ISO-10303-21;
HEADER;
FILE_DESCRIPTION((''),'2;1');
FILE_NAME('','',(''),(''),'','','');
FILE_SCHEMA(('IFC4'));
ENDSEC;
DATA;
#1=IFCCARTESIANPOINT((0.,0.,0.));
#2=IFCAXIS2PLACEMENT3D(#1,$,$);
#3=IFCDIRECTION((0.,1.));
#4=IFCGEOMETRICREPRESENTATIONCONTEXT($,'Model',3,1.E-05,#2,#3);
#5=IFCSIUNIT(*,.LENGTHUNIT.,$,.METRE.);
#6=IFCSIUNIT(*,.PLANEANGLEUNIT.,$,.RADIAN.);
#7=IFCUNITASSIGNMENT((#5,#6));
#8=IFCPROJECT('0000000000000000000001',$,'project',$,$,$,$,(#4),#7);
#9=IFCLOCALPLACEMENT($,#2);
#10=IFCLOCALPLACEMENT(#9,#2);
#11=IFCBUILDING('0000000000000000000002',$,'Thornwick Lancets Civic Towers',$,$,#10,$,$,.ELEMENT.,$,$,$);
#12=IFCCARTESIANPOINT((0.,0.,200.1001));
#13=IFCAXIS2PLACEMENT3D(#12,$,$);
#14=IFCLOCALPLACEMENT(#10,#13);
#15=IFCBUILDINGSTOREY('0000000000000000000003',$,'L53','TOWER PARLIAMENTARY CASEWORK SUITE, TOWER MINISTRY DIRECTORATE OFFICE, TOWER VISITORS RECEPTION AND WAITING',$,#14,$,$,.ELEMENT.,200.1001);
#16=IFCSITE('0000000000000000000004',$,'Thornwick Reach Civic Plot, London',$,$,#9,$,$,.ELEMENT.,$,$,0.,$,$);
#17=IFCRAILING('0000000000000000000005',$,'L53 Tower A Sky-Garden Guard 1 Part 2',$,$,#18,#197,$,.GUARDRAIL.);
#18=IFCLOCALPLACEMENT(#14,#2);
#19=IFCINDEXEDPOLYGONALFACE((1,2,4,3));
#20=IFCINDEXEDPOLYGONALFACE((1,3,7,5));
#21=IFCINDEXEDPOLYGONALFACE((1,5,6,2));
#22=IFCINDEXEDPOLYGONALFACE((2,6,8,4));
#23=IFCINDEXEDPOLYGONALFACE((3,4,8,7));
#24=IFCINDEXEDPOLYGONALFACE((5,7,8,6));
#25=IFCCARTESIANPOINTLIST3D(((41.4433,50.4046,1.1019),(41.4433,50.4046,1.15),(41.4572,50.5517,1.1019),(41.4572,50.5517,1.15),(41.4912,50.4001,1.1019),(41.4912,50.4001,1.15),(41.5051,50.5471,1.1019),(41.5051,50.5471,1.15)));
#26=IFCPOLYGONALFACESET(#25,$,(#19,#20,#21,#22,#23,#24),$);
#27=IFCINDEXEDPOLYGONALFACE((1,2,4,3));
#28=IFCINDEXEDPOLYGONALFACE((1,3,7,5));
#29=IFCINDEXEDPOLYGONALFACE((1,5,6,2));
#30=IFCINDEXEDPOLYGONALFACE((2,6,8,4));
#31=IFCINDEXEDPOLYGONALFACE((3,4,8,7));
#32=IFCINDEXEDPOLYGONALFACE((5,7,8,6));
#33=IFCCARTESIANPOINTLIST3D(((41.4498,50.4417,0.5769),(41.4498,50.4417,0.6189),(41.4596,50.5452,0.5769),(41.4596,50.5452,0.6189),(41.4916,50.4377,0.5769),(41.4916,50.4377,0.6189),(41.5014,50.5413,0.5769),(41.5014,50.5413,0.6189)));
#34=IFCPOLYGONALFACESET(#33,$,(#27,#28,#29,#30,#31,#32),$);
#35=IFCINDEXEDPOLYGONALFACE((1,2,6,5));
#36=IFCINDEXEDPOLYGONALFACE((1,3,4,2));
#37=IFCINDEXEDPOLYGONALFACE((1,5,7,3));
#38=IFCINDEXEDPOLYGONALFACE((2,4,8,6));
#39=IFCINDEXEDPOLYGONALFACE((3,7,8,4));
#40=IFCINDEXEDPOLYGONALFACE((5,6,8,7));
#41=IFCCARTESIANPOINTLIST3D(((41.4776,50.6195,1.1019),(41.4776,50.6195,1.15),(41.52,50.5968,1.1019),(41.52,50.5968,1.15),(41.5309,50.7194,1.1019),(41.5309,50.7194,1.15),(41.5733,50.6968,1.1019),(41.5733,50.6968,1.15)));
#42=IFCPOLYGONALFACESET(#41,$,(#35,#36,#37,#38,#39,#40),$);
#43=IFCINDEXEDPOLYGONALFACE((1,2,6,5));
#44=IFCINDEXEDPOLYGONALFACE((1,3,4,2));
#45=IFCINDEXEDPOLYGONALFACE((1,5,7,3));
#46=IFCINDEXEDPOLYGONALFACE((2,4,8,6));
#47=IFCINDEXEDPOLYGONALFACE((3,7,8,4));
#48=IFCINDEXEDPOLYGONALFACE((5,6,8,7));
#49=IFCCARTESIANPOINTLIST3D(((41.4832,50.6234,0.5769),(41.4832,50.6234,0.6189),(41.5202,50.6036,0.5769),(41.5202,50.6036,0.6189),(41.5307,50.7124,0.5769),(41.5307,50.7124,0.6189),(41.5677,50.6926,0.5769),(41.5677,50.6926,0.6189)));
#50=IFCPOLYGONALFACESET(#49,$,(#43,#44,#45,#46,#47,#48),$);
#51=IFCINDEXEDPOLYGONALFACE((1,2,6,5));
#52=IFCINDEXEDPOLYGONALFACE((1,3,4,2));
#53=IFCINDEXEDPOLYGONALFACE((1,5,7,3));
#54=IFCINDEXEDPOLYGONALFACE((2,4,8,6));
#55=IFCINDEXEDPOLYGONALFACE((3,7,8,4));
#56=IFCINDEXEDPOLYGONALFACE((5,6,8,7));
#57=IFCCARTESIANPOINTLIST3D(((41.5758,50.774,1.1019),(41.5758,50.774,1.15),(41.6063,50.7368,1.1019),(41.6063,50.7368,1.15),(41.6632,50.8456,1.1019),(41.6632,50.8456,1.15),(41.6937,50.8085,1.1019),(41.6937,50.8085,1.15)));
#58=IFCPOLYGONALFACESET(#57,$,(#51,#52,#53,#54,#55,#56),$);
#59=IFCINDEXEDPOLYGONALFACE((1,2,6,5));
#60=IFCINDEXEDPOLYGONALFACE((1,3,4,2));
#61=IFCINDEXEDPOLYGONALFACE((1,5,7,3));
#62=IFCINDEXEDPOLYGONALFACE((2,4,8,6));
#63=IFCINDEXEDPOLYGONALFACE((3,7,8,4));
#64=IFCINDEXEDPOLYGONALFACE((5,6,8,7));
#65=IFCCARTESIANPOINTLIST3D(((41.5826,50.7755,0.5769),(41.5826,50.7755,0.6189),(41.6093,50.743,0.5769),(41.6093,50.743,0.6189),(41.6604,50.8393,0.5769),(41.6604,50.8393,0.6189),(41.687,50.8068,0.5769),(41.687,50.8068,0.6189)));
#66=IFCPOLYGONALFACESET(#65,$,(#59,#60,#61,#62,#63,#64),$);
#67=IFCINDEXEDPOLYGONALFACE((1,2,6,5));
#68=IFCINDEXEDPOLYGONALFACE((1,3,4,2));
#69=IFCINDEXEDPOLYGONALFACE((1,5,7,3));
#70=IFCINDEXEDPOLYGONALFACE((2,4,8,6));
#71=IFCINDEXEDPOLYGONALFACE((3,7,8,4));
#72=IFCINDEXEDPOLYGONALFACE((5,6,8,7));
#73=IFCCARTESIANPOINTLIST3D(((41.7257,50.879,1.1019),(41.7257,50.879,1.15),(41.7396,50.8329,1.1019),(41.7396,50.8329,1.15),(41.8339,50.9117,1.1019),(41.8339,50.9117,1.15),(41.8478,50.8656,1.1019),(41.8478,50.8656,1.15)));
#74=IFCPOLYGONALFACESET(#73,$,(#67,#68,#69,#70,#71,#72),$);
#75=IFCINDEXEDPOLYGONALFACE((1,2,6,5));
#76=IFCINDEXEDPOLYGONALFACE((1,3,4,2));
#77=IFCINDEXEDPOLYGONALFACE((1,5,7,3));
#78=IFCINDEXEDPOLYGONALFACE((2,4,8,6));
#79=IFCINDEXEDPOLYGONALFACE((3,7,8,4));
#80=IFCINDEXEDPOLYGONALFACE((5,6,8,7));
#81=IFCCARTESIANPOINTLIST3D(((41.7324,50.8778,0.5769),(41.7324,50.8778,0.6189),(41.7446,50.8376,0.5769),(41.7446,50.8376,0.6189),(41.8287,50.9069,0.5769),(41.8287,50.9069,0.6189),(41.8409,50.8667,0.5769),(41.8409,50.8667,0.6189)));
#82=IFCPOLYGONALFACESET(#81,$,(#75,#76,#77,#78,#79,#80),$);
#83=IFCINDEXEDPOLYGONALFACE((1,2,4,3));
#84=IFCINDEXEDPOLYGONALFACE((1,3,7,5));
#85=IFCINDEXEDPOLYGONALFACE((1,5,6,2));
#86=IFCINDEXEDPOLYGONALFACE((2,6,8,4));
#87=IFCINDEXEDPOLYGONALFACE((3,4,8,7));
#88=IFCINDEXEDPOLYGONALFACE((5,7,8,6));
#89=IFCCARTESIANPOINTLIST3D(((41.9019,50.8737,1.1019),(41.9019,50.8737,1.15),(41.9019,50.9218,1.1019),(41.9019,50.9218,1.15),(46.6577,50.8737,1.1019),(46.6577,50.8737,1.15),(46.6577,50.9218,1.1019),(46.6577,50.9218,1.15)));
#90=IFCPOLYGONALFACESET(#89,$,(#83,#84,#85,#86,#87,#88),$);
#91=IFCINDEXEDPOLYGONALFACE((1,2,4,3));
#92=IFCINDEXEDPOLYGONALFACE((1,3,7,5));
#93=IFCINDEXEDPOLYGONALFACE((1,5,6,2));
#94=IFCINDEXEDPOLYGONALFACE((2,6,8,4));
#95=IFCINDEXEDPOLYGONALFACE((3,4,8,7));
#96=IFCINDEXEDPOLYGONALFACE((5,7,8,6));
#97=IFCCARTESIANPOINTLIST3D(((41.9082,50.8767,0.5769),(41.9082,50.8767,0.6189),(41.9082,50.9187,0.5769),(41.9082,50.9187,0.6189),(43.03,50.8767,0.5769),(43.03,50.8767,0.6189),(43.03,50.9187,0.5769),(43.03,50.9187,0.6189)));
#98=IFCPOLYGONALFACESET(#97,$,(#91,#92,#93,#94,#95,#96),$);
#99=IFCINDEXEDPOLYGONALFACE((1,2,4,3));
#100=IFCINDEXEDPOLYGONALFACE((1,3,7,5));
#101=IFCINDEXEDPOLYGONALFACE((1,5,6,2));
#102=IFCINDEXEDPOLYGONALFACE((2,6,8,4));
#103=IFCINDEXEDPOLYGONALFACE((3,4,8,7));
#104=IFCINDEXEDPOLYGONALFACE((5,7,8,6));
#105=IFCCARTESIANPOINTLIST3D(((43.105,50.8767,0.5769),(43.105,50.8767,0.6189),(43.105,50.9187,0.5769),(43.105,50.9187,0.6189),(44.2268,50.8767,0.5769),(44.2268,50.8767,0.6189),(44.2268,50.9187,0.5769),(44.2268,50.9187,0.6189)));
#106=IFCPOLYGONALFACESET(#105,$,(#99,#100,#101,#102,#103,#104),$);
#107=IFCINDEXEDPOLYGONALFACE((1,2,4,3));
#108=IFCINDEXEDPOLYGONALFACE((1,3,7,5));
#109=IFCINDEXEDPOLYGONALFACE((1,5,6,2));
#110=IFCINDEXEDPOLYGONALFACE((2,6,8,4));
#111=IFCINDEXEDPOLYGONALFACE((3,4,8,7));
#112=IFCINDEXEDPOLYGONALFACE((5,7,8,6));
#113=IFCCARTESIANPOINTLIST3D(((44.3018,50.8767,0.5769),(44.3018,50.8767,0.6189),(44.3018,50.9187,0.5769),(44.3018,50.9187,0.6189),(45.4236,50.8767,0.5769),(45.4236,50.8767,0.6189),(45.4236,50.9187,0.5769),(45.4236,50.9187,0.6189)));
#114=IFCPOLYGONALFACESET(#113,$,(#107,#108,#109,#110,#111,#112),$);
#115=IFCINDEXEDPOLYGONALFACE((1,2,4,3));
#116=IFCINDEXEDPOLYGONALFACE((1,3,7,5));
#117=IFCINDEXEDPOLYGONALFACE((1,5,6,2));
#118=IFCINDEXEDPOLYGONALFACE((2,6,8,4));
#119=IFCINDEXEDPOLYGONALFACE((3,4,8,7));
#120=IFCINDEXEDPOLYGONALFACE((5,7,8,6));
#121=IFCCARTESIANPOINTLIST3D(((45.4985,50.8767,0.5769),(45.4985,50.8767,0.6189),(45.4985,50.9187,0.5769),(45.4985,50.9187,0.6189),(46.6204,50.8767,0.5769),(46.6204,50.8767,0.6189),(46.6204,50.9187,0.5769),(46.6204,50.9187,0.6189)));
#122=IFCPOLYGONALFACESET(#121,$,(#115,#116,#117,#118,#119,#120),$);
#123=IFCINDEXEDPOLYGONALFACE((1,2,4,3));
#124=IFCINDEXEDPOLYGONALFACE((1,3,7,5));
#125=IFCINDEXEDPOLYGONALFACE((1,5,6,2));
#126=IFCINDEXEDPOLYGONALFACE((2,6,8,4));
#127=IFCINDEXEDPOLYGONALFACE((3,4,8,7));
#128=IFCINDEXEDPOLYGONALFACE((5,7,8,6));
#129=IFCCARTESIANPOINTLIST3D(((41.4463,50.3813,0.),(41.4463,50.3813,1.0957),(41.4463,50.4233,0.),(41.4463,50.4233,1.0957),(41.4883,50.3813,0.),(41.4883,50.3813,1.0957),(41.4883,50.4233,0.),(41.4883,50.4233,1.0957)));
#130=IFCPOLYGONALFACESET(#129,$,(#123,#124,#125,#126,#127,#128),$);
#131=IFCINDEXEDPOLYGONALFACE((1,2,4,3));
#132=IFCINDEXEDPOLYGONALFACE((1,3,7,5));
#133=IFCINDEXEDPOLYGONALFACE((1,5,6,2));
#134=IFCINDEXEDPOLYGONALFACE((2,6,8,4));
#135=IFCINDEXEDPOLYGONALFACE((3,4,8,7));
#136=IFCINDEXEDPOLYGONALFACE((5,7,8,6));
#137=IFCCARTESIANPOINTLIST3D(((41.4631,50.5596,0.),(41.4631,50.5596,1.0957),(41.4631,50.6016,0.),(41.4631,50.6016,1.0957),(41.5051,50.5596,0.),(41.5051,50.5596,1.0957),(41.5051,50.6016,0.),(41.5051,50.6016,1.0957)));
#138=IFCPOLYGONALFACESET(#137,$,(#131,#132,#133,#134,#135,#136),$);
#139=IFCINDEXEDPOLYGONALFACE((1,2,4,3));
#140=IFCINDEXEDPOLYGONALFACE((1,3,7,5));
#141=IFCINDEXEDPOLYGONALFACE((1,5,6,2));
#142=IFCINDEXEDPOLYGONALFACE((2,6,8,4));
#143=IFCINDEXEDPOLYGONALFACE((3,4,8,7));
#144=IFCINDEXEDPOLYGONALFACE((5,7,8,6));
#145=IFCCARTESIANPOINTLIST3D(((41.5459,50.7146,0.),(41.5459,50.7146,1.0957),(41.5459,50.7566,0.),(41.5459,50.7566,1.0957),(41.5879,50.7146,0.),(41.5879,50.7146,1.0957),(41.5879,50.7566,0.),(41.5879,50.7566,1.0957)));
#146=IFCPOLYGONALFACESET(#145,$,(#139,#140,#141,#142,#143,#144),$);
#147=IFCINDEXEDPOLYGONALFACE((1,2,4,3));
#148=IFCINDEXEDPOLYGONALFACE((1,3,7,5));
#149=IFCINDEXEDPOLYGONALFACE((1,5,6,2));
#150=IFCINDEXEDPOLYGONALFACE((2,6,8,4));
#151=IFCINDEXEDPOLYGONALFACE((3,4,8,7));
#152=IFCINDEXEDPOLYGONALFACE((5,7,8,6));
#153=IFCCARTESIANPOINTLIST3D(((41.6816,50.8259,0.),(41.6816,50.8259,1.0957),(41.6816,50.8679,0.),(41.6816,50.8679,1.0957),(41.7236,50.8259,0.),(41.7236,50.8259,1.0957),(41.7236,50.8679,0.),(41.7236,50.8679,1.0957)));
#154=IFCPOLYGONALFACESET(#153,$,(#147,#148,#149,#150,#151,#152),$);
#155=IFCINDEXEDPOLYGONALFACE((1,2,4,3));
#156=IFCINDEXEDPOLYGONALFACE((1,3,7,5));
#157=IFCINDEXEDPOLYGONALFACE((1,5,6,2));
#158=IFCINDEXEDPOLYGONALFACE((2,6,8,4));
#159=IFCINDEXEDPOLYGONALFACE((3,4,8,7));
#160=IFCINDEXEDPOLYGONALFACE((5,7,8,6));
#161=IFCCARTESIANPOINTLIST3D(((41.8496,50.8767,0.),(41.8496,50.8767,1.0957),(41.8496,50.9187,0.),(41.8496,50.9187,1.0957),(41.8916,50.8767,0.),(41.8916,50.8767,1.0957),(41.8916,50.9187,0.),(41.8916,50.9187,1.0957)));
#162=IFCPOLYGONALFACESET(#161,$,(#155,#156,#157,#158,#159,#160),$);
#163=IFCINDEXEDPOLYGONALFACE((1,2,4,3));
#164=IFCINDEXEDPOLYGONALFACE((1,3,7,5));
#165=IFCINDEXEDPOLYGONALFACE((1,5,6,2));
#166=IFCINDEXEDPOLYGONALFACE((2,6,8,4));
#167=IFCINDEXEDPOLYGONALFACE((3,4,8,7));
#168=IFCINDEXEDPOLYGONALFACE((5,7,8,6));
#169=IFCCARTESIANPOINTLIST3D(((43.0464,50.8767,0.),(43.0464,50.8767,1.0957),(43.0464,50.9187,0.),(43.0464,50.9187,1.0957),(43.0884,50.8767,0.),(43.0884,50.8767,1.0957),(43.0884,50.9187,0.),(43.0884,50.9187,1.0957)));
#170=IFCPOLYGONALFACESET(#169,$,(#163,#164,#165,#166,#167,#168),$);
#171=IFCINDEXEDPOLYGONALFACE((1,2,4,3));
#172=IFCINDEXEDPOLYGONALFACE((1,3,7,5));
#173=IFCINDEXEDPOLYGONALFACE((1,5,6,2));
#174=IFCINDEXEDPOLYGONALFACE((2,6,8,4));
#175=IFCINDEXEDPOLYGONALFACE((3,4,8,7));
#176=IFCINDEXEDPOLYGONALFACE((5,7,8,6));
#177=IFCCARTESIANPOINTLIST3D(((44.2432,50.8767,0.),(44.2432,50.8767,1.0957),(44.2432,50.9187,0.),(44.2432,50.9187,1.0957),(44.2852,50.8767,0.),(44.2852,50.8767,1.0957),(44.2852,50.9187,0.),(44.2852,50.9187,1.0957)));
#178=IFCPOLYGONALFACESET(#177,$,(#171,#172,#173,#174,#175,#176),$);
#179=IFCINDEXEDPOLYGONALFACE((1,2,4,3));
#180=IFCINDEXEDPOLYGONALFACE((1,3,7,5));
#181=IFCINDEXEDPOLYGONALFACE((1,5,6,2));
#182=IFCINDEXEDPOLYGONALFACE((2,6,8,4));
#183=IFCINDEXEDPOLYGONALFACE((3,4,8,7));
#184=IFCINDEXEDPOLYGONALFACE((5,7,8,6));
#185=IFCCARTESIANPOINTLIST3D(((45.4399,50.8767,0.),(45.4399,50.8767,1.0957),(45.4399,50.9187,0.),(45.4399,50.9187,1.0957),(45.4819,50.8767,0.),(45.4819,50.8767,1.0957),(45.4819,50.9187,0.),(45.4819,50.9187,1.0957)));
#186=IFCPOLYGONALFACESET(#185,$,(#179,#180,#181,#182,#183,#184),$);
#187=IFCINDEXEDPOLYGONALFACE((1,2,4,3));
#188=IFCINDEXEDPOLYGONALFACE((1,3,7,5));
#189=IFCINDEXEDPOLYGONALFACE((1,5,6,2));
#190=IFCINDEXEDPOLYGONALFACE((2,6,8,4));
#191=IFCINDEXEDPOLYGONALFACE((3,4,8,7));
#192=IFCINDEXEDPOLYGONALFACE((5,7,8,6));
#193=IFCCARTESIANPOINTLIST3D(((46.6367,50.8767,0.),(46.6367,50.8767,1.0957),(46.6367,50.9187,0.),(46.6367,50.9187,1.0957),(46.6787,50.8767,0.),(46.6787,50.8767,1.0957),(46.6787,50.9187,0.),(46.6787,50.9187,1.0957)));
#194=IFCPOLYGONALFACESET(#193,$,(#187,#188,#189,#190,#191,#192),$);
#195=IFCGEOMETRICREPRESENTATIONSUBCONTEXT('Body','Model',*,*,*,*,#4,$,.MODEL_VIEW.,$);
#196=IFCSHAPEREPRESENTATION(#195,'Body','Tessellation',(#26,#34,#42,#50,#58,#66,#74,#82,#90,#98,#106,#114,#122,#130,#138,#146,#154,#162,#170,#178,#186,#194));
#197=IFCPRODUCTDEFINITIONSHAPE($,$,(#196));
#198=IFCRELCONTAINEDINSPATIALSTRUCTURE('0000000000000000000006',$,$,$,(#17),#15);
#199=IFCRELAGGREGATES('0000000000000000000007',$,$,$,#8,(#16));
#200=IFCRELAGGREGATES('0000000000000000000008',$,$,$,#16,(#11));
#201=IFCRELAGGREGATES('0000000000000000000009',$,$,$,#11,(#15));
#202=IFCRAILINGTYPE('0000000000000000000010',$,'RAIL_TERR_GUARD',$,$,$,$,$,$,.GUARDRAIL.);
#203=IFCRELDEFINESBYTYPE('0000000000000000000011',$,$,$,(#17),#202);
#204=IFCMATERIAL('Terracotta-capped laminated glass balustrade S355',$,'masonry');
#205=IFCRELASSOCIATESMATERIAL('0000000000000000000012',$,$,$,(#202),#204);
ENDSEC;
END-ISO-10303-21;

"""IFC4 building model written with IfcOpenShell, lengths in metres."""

from ifc_helpers import new_model, si_unit, direction, frame, origin, origin_2d, place, context, subcontext, project, spatial, rectangle, extrude, material, type_object, element, save


model = new_model("IFC4")

# Units and contexts
model_context = context("Model", 3, precision=1e-05, world=origin(), true_north=direction((0.0, 1.0)))
body_context = subcontext(model_context, "Body", "Model", "MODEL_VIEW")
ifc_project = project(units=[si_unit("LENGTHUNIT", "METRE"), si_unit("PLANEANGLEUNIT", "RADIAN")], contexts=[model_context])

# Site, building, storey
site_placement = place(None, origin())
site = spatial("IfcSite", under=ifc_project, at=site_placement, Name="Thornwick Reach Civic Plot, London", CompositionType="ELEMENT", RefElevation=0.0)
building_placement = place(site_placement, origin())
building = spatial("IfcBuilding", under=site, at=building_placement, Name="Thornwick Lancets Civic Towers", CompositionType="ELEMENT")
storey_placement = place(building_placement, frame((0.0, 0.0, 200.1001)))
storey = spatial("IfcBuildingStorey", under=building, at=storey_placement, Name="L53", Description="TOWER PARLIAMENTARY CASEWORK SUITE, TOWER MINISTRY DIRECTORATE OFFICE, TOWER VISITORS RECEPTION AND WAITING", CompositionType="ELEMENT", Elevation=200.1001)

# Railing
ifc_material_1 = material(Name="Terracotta-capped laminated glass balustrade S355", Category="masonry")
railing_type_1 = type_object("IfcRailingType", Name="RAIL_TERR_GUARD", PredefinedType="GUARDRAIL", material=ifc_material_1)
railing_1_placement = place(storey_placement, frame((41.4673, 50.4023, 0.0)))
element("IfcRailing", 1, at=railing_1_placement, inside=storey, type_object=railing_type_1, Name="L53 Tower A Sky-Garden Guard 1 Part 2", PredefinedType="GUARDRAIL", context=body_context, shape_type="SweptSolid", body=[
    extrude(rectangle(XDim=0.0481, YDim=0.0481, at=origin_2d()), frame((0.0, 0.0, 1.126), z_axis=(0.094101, 0.995563, 0.0), x_axis=(-0.995563, 0.094101, 0.0)), (0.0, 0.0, 1.0), 0.1477),
    extrude(rectangle(XDim=0.042, YDim=0.042, at=origin_2d()), frame((0.0034, 0.0374, 0.5979), z_axis=(0.094101, 0.995563, 0.0), x_axis=(-0.995563, 0.094101, 0.0)), (0.0, 0.0, 1.0), 0.104),
    extrude(rectangle(XDim=0.0481, YDim=0.0481, at=origin_2d()), frame((0.0315, 0.2058, 1.126), z_axis=(0.470949, 0.882161, 0.0), x_axis=(-0.882161, 0.470949, 0.0)), (0.0, 0.0, 1.0), 0.1133),
    extrude(rectangle(XDim=0.042, YDim=0.042, at=origin_2d()), frame((0.0344, 0.2112, 0.5979), z_axis=(0.470949, 0.882161, 0.0), x_axis=(-0.882161, 0.470949, 0.0)), (0.0, 0.0, 1.0), 0.1008),
    extrude(rectangle(XDim=0.0481, YDim=0.0481, at=origin_2d()), frame((0.1238, 0.353, 1.126), z_axis=(0.773213, 0.634146, 0.0), x_axis=(-0.634146, 0.773213, 0.0)), (0.0, 0.0, 1.0), 0.113),
    extrude(rectangle(XDim=0.042, YDim=0.042, at=origin_2d()), frame((0.1287, 0.3569, 0.5979), z_axis=(0.773213, 0.634146, 0.0), x_axis=(-0.634146, 0.773213, 0.0)), (0.0, 0.0, 1.0), 0.1006),
    extrude(rectangle(XDim=0.0481, YDim=0.0481, at=origin_2d()), frame((0.2654, 0.4536, 1.126), z_axis=(0.957211, 0.28939, 0.0), x_axis=(-0.28939, 0.957211, 0.0)), (0.0, 0.0, 1.0), 0.113),
    extrude(rectangle(XDim=0.042, YDim=0.042, at=origin_2d()), frame((0.2712, 0.4553, 0.5979), z_axis=(0.957211, 0.28939, 0.0), x_axis=(-0.28939, 0.957211, 0.0)), (0.0, 0.0, 1.0), 0.1006),
    extrude(rectangle(XDim=0.0481, YDim=0.0481, at=origin_2d()), frame((0.4346, 0.4954, 1.126), z_axis=(1.0, 0.0, 0.0), x_axis=(0.0, 1.0, 0.0)), (0.0, 0.0, 1.0), 4.7559),
    extrude(rectangle(XDim=0.042, YDim=0.042, at=origin_2d()), frame((0.4409, 0.4954, 0.5979), z_axis=(1.0, 0.0, 0.0), x_axis=(0.0, 1.0, 0.0)), (0.0, 0.0, 1.0), 1.1218),
    extrude(rectangle(XDim=0.042, YDim=0.042, at=origin_2d()), frame((1.6377, 0.4954, 0.5979), z_axis=(1.0, 0.0, 0.0), x_axis=(0.0, 1.0, 0.0)), (0.0, 0.0, 1.0), 1.1218),
    extrude(rectangle(XDim=0.042, YDim=0.042, at=origin_2d()), frame((2.8345, 0.4954, 0.5979), z_axis=(1.0, 0.0, 0.0), x_axis=(0.0, 1.0, 0.0)), (0.0, 0.0, 1.0), 1.1218),
    extrude(rectangle(XDim=0.042, YDim=0.042, at=origin_2d()), frame((4.0312, 0.4954, 0.5979), z_axis=(1.0, 0.0, 0.0), x_axis=(0.0, 1.0, 0.0)), (0.0, 0.0, 1.0), 1.1218),
    extrude(rectangle(XDim=0.042, YDim=0.042, at=origin_2d()), origin(), (0.0, 0.0, 1.0), 1.0957),
    extrude(rectangle(XDim=0.042, YDim=0.042, at=origin_2d()), frame((0.0168, 0.1782, 0.0)), (0.0, 0.0, 1.0), 1.0957),
    extrude(rectangle(XDim=0.042, YDim=0.042, at=origin_2d()), frame((0.0996, 0.3333, 0.0)), (0.0, 0.0, 1.0), 1.0957),
    extrude(rectangle(XDim=0.042, YDim=0.042, at=origin_2d()), frame((0.2354, 0.4446, 0.0)), (0.0, 0.0, 1.0), 1.0957),
    extrude(rectangle(XDim=0.042, YDim=0.042, at=origin_2d()), frame((0.4033, 0.4954, 0.0)), (0.0, 0.0, 1.0), 1.0957),
    extrude(rectangle(XDim=0.042, YDim=0.042, at=origin_2d()), frame((1.6001, 0.4954, 0.0)), (0.0, 0.0, 1.0), 1.0957),
    extrude(rectangle(XDim=0.042, YDim=0.042, at=origin_2d()), frame((2.7969, 0.4954, 0.0)), (0.0, 0.0, 1.0), 1.0957),
    extrude(rectangle(XDim=0.042, YDim=0.042, at=origin_2d()), frame((3.9937, 0.4954, 0.0)), (0.0, 0.0, 1.0), 1.0957),
    extrude(rectangle(XDim=0.042, YDim=0.042, at=origin_2d()), frame((5.1904, 0.4954, 0.0)), (0.0, 0.0, 1.0), 1.0957),
])

save(model, "model.ifc")
